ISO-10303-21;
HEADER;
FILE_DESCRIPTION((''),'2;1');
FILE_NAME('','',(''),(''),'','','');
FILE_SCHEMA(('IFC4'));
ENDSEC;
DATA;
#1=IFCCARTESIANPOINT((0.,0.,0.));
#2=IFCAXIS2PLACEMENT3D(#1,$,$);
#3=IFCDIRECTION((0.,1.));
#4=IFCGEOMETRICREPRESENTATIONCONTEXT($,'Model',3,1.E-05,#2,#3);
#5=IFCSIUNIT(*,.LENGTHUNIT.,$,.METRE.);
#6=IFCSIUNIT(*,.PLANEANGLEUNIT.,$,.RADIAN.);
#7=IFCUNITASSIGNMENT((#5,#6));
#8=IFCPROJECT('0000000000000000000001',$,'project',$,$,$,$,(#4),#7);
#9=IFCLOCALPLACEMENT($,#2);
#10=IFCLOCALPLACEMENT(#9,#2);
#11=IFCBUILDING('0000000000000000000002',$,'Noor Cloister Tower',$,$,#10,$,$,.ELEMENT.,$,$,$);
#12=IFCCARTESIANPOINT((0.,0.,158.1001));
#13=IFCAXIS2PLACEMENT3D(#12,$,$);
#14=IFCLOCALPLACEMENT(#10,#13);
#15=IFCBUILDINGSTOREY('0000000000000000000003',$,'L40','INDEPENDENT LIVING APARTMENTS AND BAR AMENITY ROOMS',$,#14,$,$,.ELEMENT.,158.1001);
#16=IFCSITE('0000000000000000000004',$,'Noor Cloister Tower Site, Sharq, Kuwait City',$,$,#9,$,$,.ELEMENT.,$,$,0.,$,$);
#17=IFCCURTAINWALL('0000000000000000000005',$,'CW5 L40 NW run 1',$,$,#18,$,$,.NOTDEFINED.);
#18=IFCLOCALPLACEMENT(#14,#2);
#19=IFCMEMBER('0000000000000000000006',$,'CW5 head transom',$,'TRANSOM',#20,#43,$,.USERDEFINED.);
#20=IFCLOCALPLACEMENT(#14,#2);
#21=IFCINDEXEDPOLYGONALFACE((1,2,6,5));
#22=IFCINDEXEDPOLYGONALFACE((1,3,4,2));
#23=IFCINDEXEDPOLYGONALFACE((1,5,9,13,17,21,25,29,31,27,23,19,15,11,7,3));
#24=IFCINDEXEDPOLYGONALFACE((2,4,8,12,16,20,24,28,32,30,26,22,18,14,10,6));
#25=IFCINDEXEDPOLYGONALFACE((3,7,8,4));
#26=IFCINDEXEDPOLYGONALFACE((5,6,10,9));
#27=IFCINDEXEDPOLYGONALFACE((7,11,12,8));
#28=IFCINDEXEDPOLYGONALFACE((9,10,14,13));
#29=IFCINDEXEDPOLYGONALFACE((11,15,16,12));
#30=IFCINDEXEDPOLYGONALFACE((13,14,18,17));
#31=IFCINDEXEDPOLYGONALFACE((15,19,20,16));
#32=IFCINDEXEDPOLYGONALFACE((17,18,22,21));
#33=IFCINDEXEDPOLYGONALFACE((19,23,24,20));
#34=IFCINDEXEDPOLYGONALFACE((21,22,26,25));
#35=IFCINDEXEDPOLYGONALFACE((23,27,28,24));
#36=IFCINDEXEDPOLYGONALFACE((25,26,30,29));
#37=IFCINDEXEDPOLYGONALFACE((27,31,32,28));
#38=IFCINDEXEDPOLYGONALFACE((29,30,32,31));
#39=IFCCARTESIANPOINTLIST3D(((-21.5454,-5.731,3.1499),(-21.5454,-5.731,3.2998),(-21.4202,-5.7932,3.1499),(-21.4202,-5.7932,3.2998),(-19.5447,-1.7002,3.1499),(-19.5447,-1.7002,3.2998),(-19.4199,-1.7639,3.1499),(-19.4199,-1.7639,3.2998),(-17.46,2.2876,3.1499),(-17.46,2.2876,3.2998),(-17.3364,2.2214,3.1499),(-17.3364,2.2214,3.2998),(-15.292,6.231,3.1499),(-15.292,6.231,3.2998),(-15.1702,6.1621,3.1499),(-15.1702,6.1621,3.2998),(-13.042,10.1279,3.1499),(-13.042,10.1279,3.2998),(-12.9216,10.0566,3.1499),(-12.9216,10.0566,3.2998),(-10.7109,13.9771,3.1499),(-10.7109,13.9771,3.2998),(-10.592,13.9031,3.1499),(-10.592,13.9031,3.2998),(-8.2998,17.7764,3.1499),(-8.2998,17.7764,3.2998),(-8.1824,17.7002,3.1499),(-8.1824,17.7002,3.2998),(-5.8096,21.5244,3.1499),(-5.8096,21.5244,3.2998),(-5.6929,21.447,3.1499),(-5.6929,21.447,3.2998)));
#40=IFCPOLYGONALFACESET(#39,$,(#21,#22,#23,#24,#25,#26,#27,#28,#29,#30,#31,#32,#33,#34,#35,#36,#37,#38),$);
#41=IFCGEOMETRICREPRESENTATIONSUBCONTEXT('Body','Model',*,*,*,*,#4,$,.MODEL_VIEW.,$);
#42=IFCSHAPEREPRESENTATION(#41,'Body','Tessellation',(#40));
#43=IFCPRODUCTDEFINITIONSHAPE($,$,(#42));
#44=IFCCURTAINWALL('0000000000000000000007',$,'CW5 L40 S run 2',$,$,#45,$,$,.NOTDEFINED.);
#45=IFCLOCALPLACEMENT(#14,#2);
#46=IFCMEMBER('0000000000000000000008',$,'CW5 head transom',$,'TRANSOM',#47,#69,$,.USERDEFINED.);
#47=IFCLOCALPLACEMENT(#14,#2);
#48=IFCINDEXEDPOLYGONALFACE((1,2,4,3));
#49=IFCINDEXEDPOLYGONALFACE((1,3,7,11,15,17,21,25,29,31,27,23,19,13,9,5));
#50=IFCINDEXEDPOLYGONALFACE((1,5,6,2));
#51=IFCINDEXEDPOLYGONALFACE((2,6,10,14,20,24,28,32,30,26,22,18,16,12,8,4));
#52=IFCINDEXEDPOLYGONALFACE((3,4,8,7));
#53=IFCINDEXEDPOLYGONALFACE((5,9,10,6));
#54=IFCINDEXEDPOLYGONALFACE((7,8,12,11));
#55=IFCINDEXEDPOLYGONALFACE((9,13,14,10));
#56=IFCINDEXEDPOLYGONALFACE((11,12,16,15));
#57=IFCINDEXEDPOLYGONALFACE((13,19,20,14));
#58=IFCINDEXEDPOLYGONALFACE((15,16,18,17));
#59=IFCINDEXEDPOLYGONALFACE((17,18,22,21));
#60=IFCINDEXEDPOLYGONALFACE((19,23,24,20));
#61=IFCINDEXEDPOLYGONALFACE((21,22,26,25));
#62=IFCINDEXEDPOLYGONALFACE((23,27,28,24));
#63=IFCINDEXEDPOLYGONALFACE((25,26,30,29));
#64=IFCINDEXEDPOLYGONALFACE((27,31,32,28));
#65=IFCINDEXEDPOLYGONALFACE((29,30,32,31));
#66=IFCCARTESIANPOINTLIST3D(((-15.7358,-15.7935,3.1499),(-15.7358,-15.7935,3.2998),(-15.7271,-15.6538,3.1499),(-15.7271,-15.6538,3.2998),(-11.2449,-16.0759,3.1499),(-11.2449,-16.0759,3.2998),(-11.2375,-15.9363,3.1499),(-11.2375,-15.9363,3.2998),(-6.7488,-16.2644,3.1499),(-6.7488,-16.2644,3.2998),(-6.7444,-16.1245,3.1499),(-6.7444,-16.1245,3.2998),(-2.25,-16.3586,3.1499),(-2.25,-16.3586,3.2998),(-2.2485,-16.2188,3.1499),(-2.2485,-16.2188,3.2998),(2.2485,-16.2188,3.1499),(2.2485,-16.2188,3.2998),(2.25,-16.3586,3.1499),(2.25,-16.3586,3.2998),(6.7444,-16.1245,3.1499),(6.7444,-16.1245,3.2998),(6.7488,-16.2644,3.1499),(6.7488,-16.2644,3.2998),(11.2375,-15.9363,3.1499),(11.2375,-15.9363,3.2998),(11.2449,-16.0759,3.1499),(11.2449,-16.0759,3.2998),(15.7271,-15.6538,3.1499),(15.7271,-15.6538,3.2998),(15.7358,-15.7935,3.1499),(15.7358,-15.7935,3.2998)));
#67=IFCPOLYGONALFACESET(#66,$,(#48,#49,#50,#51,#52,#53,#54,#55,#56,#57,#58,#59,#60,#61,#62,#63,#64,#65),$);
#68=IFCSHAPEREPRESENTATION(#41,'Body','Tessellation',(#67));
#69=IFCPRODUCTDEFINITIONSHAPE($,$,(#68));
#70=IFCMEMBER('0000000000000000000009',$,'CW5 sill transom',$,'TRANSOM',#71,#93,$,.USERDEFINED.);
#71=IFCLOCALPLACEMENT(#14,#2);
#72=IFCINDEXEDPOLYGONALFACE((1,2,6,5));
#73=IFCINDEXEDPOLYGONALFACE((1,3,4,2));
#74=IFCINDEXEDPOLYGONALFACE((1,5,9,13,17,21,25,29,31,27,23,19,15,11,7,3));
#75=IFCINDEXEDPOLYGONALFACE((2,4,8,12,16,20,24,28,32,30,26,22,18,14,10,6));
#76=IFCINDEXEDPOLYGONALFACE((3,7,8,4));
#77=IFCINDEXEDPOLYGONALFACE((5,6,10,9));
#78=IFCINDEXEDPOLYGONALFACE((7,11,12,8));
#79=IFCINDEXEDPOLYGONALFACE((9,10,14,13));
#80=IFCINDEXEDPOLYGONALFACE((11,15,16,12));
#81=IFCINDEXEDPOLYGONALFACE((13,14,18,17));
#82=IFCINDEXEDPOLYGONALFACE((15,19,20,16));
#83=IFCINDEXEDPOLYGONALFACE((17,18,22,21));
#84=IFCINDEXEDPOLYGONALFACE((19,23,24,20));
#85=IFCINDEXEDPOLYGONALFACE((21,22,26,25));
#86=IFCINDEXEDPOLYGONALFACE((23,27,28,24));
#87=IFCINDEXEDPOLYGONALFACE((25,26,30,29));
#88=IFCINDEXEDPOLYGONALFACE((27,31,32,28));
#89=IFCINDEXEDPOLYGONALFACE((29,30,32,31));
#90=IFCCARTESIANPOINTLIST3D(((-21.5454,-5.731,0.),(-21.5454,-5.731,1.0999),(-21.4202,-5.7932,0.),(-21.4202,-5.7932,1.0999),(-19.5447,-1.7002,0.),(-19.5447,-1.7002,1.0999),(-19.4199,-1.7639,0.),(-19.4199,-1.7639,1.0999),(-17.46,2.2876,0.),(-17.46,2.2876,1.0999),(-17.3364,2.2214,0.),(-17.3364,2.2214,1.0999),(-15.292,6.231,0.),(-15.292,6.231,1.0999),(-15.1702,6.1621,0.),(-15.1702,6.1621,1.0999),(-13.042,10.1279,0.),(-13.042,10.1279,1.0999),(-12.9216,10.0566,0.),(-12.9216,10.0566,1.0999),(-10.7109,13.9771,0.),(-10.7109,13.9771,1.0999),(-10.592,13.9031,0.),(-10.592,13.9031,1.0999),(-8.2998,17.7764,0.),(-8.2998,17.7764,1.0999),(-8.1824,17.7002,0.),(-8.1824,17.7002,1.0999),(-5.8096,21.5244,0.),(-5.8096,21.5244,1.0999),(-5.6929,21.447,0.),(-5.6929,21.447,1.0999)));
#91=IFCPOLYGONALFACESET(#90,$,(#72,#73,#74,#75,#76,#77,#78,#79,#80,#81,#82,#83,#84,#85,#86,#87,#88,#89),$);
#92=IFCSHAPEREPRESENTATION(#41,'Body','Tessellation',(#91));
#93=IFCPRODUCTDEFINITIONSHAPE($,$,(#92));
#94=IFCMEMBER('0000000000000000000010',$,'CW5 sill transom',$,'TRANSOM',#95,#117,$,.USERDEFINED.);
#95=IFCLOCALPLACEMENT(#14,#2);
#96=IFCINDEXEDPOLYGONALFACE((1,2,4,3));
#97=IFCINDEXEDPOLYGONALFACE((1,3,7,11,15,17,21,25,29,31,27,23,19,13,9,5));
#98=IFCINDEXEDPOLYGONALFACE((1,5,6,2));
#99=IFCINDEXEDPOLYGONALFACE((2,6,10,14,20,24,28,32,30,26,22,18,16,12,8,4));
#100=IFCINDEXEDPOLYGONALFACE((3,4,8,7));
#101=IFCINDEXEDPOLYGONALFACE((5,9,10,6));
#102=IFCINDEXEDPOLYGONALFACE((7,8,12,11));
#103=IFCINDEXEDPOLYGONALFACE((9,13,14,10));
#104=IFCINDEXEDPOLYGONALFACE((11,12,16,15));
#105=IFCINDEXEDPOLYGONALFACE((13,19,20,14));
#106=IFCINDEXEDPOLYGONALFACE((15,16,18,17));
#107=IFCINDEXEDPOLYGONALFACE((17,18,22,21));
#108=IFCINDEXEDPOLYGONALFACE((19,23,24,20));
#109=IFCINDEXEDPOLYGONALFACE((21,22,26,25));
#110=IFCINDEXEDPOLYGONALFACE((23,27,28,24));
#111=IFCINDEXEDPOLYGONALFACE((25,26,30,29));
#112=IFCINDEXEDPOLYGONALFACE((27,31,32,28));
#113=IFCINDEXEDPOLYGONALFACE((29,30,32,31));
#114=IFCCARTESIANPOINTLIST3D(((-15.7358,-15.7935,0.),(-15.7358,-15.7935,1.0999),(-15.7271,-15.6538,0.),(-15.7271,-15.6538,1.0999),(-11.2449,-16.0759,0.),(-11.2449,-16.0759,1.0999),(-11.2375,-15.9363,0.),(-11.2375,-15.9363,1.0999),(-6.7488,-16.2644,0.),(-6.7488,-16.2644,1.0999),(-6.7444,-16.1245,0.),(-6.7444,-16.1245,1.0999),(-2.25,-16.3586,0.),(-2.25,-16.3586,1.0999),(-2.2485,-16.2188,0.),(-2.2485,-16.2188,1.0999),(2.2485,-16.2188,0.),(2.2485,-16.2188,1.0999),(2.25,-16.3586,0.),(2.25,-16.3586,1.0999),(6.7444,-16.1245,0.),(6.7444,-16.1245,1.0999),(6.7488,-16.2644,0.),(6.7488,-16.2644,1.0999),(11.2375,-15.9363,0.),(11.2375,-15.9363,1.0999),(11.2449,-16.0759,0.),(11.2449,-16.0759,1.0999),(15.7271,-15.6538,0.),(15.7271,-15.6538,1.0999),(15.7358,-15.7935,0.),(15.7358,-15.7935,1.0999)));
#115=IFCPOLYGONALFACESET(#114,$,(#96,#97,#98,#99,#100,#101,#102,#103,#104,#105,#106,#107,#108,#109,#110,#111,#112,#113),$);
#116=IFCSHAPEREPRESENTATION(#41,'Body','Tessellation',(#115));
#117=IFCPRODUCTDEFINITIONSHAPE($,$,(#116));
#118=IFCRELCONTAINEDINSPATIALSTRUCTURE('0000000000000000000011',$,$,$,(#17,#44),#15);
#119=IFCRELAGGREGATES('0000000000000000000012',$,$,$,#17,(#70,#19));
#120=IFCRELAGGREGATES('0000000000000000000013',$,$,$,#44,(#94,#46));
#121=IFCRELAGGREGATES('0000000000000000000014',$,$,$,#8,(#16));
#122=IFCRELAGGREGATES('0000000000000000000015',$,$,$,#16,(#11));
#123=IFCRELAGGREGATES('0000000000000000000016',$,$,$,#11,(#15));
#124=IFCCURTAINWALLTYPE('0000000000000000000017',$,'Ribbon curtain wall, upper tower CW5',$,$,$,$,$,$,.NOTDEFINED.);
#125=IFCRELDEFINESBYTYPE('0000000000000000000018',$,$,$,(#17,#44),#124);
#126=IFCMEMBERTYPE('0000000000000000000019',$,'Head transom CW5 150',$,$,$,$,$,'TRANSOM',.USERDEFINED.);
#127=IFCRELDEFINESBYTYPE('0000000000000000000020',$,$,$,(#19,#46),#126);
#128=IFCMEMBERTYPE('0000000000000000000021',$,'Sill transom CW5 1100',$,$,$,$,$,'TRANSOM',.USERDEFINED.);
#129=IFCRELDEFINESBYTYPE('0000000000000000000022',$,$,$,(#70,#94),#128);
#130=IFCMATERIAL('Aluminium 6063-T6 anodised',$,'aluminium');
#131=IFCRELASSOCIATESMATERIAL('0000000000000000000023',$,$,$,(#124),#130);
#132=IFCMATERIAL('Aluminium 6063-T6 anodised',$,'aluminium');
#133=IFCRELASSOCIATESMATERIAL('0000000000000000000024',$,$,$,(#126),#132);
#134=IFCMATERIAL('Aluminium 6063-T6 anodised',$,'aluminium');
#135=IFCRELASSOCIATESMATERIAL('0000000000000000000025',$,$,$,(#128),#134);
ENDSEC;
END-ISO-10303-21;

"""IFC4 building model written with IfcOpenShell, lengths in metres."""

from ifc_helpers import new_model, si_unit, direction, frame, origin, place, context, subcontext, project, spatial, polyline, outline, extrude, material, type_object, element, aggregate, save


model = new_model("IFC4")

# Units and contexts
model_context = context("Model", 3, precision=1e-05, world=origin(), true_north=direction((0.0, 1.0)))
body_context = subcontext(model_context, "Body", "Model", "MODEL_VIEW")
ifc_project = project(units=[si_unit("LENGTHUNIT", "METRE"), si_unit("PLANEANGLEUNIT", "RADIAN")], contexts=[model_context])

# Site, building, storey
site_placement = place(None, origin())
site = spatial("IfcSite", under=ifc_project, at=site_placement, Name="Noor Cloister Tower Site, Sharq, Kuwait City", CompositionType="ELEMENT", RefElevation=0.0)
building_placement = place(site_placement, origin())
building = spatial("IfcBuilding", under=site, at=building_placement, Name="Noor Cloister Tower", CompositionType="ELEMENT")
storey_placement = place(building_placement, frame((0.0, 0.0, 158.1001)))
storey = spatial("IfcBuildingStorey", under=building, at=storey_placement, Name="L40", Description="INDEPENDENT LIVING APARTMENTS AND BAR AMENITY ROOMS", CompositionType="ELEMENT", Elevation=158.1001)

# Curtain walls, members
ifc_material_1 = material(Name="Aluminium 6063-T6 anodised", Category="aluminium")
curtain_wall_type = type_object("IfcCurtainWallType", Name="Ribbon curtain wall, upper tower CW5", PredefinedType="NOTDEFINED", material=ifc_material_1)
curtain_wall_1_placement = place(storey_placement, origin())
curtain_wall_1 = element("IfcCurtainWall", 1, at=curtain_wall_1_placement, inside=storey, type_object=curtain_wall_type, Name="CW5 L40 NW run 1", PredefinedType="NOTDEFINED")
ifc_material_2 = material(Name="Aluminium 6063-T6 anodised", Category="aluminium")
member_type_1 = type_object("IfcMemberType", Name="Head transom CW5 150", ElementType="TRANSOM", PredefinedType="USERDEFINED", material=ifc_material_2)
member_1_placement = place(storey_placement, frame((0.0, 0.0, 3.1499)))
member_1 = element("IfcMember", 2, at=member_1_placement, type_object=member_type_1, Name="CW5 head transom", ObjectType="TRANSOM", PredefinedType="USERDEFINED", context=body_context, shape_type="SweptSolid", body=[
    extrude(outline(polyline([(-5.8096, 21.5244), (-8.2998, 17.7764), (-10.7109, 13.9771), (-13.042, 10.1279), (-15.292, 6.231), (-17.46, 2.2876), (-19.5447, -1.7002), (-21.5454, -5.731), (-21.4202, -5.7932), (-19.4199, -1.7639), (-17.3364, 2.2214), (-15.1702, 6.1621), (-12.9216, 10.0566), (-10.592, 13.9031), (-8.1824, 17.7002), (-5.6929, 21.447), (-5.8096, 21.5244)])), origin(), (0.0, 0.0, 1.0), 0.1499),
])
curtain_wall_2_placement = place(storey_placement, origin())
curtain_wall_2 = element("IfcCurtainWall", 3, at=curtain_wall_2_placement, inside=storey, type_object=curtain_wall_type, Name="CW5 L40 S run 2", PredefinedType="NOTDEFINED")
member_2_placement = place(storey_placement, frame((0.0, 0.0, 3.1499)))
member_2 = element("IfcMember", 4, at=member_2_placement, type_object=member_type_1, Name="CW5 head transom", ObjectType="TRANSOM", PredefinedType="USERDEFINED", context=body_context, shape_type="SweptSolid", body=[
    extrude(outline(polyline([(-15.7358, -15.7935), (-11.2449, -16.0759), (-6.7488, -16.2644), (-2.25, -16.3586), (2.25, -16.3586), (6.7488, -16.2644), (11.2449, -16.0759), (15.7358, -15.7935), (15.7271, -15.6538), (11.2375, -15.9363), (6.7444, -16.1245), (2.2485, -16.2188), (-2.2485, -16.2188), (-6.7444, -16.1245), (-11.2375, -15.9363), (-15.7271, -15.6538), (-15.7358, -15.7935)])), origin(), (0.0, 0.0, 1.0), 0.1499),
])

# Members
ifc_material_3 = material(Name="Aluminium 6063-T6 anodised", Category="aluminium")
member_type_2 = type_object("IfcMemberType", Name="Sill transom CW5 1100", ElementType="TRANSOM", PredefinedType="USERDEFINED", material=ifc_material_3)
member_3_placement = place(storey_placement, origin())
member_3 = element("IfcMember", 5, at=member_3_placement, type_object=member_type_2, Name="CW5 sill transom", ObjectType="TRANSOM", PredefinedType="USERDEFINED", context=body_context, shape_type="SweptSolid", body=[
    extrude(outline(polyline([(-5.8096, 21.5244), (-8.2998, 17.7764), (-10.7109, 13.9771), (-13.042, 10.1279), (-15.292, 6.231), (-17.46, 2.2876), (-19.5447, -1.7002), (-21.5454, -5.731), (-21.4202, -5.7932), (-19.4199, -1.7639), (-17.3364, 2.2214), (-15.1702, 6.1621), (-12.9216, 10.0566), (-10.592, 13.9031), (-8.1824, 17.7002), (-5.6929, 21.447), (-5.8096, 21.5244)])), origin(), (0.0, 0.0, 1.0), 1.0999),
])
aggregate(curtain_wall_1, [member_3, member_1])
member_4_placement = place(storey_placement, origin())
member_4 = element("IfcMember", 6, at=member_4_placement, type_object=member_type_2, Name="CW5 sill transom", ObjectType="TRANSOM", PredefinedType="USERDEFINED", context=body_context, shape_type="SweptSolid", body=[
    extrude(outline(polyline([(-15.7358, -15.7935), (-11.2449, -16.0759), (-6.7488, -16.2644), (-2.25, -16.3586), (2.25, -16.3586), (6.7488, -16.2644), (11.2449, -16.0759), (15.7358, -15.7935), (15.7271, -15.6538), (11.2375, -15.9363), (6.7444, -16.1245), (2.2485, -16.2188), (-2.2485, -16.2188), (-6.7444, -16.1245), (-11.2375, -15.9363), (-15.7271, -15.6538), (-15.7358, -15.7935)])), origin(), (0.0, 0.0, 1.0), 1.0999),
])
aggregate(curtain_wall_2, [member_4, member_2])

save(model, "model.ifc")
